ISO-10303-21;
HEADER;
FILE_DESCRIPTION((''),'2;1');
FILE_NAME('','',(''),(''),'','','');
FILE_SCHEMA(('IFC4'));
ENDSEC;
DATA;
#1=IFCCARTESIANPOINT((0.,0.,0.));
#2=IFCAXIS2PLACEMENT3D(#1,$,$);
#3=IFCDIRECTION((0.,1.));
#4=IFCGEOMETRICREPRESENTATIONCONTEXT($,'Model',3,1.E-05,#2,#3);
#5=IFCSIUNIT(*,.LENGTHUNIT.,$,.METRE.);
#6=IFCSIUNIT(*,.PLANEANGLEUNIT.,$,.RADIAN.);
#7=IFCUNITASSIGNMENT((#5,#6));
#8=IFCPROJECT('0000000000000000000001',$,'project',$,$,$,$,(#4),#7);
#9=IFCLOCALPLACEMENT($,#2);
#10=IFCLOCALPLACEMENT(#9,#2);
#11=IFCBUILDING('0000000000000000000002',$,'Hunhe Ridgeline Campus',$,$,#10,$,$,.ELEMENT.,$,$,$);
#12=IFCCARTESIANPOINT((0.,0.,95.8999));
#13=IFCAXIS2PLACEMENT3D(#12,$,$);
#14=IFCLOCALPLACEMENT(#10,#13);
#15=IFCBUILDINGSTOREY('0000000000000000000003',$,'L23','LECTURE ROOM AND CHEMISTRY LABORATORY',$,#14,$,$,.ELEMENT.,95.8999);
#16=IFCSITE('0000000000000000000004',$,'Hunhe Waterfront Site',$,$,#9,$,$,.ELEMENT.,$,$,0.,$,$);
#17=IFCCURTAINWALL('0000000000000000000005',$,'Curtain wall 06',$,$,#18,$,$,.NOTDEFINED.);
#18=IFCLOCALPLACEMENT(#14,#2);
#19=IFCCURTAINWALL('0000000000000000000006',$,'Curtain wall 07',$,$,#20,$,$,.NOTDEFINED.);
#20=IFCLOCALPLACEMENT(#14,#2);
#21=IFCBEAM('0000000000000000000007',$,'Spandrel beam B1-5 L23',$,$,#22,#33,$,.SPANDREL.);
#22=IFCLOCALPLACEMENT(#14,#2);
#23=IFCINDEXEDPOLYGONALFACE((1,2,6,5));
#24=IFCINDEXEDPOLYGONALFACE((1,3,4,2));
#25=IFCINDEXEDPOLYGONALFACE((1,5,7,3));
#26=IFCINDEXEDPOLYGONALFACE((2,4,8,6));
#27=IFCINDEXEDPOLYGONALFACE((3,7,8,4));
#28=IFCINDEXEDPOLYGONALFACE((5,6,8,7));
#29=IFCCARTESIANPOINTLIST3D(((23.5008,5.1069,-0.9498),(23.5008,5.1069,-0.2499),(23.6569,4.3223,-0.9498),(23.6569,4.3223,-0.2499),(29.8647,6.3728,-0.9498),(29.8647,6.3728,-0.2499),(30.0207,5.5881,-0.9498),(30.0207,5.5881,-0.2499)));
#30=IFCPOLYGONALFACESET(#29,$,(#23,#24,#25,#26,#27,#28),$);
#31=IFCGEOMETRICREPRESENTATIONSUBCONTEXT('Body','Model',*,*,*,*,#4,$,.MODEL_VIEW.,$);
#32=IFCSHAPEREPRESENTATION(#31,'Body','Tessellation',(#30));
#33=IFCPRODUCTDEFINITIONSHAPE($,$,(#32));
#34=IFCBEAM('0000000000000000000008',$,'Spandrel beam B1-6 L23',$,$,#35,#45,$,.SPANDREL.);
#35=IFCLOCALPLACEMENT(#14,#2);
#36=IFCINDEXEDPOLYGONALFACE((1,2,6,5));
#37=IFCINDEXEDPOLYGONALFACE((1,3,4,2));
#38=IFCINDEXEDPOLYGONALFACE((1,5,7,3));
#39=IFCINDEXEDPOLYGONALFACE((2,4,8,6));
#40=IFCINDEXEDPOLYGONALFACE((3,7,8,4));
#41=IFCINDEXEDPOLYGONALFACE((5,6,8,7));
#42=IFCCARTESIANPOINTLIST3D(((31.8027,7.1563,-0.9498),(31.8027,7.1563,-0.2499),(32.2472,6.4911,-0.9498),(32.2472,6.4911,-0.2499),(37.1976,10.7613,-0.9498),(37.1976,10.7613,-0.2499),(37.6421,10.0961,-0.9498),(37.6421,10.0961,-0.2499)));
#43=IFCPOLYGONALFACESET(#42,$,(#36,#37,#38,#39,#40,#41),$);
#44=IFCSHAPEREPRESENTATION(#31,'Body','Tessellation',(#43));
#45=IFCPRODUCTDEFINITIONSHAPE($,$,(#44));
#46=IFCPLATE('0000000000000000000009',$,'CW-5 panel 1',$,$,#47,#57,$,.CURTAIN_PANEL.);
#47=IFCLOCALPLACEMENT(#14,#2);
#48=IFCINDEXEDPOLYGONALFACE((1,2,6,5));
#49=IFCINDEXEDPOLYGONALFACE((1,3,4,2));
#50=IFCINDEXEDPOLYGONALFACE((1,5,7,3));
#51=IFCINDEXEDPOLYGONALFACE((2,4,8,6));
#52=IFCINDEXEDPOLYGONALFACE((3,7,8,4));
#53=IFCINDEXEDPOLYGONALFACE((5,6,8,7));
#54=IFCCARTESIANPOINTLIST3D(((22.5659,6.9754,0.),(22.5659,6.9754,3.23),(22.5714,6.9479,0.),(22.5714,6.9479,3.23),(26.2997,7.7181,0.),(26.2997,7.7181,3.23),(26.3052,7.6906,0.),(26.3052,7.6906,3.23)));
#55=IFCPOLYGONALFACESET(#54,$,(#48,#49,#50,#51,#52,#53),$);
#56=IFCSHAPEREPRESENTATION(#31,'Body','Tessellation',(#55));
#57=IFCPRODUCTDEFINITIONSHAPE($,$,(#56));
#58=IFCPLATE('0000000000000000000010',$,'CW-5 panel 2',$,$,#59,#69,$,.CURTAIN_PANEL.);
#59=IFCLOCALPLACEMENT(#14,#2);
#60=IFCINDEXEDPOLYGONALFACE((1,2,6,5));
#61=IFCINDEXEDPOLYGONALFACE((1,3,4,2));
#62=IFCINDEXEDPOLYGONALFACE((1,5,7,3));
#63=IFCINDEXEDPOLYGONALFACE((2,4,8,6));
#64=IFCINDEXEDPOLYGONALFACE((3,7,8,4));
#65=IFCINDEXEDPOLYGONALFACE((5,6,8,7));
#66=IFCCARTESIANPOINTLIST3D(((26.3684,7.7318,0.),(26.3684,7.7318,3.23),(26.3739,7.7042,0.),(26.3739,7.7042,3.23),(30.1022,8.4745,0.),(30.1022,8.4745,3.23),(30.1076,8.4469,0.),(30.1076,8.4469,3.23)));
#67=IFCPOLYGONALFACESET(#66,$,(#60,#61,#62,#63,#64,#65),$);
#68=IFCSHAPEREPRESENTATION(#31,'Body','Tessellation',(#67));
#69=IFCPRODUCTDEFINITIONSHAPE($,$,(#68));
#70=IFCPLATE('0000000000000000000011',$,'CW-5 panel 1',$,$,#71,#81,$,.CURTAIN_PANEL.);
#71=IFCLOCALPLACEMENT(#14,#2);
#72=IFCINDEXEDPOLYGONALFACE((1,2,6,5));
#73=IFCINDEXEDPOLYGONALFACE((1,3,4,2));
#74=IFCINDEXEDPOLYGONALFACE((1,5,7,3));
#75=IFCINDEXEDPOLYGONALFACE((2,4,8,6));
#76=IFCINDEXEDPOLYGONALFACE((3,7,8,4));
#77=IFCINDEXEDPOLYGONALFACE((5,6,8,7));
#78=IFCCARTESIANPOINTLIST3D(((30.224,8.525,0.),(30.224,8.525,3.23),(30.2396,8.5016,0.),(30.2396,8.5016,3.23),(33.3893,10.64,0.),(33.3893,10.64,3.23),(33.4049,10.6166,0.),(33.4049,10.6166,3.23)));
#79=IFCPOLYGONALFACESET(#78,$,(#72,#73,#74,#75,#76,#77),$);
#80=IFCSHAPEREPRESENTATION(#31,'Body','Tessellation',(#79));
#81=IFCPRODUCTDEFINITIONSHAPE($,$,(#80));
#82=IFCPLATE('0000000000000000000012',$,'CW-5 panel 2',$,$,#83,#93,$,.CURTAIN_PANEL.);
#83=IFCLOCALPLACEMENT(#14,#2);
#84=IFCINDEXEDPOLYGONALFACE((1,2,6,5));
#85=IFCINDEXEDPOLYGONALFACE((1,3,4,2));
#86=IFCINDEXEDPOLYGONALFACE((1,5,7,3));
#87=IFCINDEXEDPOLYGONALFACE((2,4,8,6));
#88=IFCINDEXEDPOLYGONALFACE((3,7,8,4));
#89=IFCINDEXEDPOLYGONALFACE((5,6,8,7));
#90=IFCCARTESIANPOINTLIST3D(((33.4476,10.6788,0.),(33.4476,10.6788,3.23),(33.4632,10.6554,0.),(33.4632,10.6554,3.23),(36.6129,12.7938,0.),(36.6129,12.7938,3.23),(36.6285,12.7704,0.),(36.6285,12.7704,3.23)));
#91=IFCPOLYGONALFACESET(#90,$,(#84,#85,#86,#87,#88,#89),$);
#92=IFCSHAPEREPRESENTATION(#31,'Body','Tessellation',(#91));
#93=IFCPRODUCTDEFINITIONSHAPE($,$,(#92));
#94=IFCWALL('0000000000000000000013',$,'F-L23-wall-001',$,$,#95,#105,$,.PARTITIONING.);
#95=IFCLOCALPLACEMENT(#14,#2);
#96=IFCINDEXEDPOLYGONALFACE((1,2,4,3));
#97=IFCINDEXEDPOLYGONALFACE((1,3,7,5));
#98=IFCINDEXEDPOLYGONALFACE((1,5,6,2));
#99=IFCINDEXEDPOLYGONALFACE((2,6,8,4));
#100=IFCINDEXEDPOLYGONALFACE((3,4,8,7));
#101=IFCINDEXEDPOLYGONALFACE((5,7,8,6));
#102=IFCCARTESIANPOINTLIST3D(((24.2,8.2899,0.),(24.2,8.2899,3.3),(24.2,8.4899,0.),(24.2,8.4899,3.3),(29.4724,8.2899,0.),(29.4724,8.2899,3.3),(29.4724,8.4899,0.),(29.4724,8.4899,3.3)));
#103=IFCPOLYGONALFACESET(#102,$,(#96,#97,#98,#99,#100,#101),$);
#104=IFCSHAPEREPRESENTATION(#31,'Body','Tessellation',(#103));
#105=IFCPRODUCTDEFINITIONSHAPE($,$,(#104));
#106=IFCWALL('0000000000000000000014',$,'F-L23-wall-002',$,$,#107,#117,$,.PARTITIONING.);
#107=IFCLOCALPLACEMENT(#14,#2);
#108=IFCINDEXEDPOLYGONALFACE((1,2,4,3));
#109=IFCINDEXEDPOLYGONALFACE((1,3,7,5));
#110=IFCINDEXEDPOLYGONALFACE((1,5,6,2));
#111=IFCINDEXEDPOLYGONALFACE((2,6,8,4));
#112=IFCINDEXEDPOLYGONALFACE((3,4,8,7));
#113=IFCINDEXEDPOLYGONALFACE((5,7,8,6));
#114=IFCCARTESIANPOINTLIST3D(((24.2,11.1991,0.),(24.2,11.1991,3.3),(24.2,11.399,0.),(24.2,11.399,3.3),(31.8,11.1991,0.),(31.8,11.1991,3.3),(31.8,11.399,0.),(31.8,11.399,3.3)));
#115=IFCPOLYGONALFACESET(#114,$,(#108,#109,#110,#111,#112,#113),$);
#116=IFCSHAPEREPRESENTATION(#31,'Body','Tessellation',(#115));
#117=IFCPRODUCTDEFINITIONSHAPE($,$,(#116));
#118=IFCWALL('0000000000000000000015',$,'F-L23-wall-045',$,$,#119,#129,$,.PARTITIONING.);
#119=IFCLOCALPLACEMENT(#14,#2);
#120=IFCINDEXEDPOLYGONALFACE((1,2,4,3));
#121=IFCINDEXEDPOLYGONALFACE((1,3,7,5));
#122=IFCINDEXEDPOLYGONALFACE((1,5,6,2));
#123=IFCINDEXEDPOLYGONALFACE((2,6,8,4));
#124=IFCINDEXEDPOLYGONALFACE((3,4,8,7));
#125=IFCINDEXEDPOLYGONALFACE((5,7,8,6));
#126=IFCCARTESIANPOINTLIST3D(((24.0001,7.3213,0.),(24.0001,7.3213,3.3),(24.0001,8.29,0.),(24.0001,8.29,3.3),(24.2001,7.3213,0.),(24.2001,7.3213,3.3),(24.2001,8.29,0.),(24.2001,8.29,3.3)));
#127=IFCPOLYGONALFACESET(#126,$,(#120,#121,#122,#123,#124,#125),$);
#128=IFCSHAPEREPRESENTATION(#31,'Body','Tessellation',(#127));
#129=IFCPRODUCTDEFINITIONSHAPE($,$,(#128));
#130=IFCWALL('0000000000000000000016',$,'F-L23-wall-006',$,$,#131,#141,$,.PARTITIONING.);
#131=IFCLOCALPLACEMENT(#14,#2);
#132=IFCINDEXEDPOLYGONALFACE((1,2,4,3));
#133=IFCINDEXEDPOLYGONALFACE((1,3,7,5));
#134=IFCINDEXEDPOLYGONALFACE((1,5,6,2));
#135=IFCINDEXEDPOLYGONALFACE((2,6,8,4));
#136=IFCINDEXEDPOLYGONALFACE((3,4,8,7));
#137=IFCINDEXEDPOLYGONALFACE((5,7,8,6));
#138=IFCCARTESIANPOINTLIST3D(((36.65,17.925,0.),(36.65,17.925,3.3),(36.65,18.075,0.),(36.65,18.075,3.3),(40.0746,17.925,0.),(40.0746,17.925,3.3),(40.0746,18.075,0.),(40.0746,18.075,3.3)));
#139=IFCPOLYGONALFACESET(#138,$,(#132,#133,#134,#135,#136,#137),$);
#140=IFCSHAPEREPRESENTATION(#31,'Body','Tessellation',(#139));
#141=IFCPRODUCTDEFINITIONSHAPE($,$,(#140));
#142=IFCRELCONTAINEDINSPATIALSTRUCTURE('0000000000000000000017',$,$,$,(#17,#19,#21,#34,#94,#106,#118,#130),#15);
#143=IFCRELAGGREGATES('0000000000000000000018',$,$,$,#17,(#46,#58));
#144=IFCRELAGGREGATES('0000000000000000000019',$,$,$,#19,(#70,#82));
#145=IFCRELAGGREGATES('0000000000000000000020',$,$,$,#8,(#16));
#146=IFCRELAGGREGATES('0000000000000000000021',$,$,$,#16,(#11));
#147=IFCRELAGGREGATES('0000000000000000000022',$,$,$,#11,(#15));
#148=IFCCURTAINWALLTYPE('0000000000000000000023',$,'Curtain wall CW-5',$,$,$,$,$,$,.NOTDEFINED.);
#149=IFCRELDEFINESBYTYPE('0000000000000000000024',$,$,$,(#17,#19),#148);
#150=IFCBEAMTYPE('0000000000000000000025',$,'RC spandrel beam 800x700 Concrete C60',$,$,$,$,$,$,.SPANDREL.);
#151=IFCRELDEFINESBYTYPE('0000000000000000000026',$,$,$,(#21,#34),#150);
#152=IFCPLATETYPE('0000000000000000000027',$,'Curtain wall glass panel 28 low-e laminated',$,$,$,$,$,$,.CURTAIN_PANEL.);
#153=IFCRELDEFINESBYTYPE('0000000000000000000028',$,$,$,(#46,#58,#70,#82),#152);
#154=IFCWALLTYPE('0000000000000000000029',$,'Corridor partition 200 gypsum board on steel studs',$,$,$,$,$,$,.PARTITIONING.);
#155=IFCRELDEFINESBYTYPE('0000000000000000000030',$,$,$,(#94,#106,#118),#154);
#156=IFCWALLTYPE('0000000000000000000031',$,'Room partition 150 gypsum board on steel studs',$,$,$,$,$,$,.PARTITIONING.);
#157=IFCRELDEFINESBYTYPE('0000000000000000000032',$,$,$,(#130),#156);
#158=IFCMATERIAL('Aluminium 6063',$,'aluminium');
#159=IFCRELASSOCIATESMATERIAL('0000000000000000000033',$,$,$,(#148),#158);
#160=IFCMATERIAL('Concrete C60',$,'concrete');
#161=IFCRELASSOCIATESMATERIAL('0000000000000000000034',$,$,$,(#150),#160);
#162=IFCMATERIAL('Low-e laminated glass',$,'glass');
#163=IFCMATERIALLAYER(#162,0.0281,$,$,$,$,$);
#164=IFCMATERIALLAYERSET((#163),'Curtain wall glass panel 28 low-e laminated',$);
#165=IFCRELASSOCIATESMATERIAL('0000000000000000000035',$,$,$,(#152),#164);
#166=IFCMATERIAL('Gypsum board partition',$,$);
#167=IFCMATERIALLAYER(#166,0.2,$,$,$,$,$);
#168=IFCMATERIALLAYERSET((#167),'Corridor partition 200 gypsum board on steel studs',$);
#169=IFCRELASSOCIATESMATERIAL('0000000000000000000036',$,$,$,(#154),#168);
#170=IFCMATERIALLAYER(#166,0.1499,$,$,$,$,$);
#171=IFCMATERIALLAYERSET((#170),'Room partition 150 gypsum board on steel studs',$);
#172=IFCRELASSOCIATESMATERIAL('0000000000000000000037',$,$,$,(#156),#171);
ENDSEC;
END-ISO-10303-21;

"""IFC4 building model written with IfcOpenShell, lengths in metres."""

from ifc_helpers import new_model, si_unit, direction, frame, frame_2d, origin, origin_2d, place, context, subcontext, project, spatial, rectangle, extrude, material, layer, layer_set, material_profile, profile_set, type_object, element, aggregate, save


model = new_model("IFC4")

# Units and contexts
model_context = context("Model", 3, precision=1e-05, world=origin(), true_north=direction((0.0, 1.0)))
body_context = subcontext(model_context, "Body", "Model", "MODEL_VIEW")
ifc_project = project(units=[si_unit("LENGTHUNIT", "METRE"), si_unit("PLANEANGLEUNIT", "RADIAN")], contexts=[model_context])

# Site, building, storey
site_placement = place(None, origin())
site = spatial("IfcSite", under=ifc_project, at=site_placement, Name="Hunhe Waterfront Site", CompositionType="ELEMENT", RefElevation=0.0)
building_placement = place(site_placement, origin())
building = spatial("IfcBuilding", under=site, at=building_placement, Name="Hunhe Ridgeline Campus", CompositionType="ELEMENT")
storey_placement = place(building_placement, frame((0.0, 0.0, 95.8999)))
storey = spatial("IfcBuildingStorey", under=building, at=storey_placement, Name="L23", Description="LECTURE ROOM AND CHEMISTRY LABORATORY", CompositionType="ELEMENT", Elevation=95.8999)

# Shared definitions
ifc_material_1 = material(Name="Aluminium 6063", Category="aluminium")
curtain_wall_type = type_object("IfcCurtainWallType", Name="Curtain wall CW-5", PredefinedType="NOTDEFINED", material=ifc_material_1)

# Curtain walls
curtain_wall_1_placement = place(storey_placement, origin())
curtain_wall_1 = element("IfcCurtainWall", 1, at=curtain_wall_1_placement, inside=storey, type_object=curtain_wall_type, Name="Curtain wall 06", PredefinedType="NOTDEFINED")
curtain_wall_2_placement = place(storey_placement, origin())
curtain_wall_2 = element("IfcCurtainWall", 2, at=curtain_wall_2_placement, inside=storey, type_object=curtain_wall_type, Name="Curtain wall 07", PredefinedType="NOTDEFINED")

# Beams
ifc_material_2 = material(Name="Concrete C60", Category="concrete")
ifc_material_profile_1 = material_profile(ifc_material_2, rectangle(XDim=0.8, YDim=0.7, at=origin_2d()))
ifc_profile_set_1 = profile_set([ifc_material_profile_1], Name="Concrete C60")
beam_type = type_object("IfcBeamType", Name="RC spandrel beam 800x700 Concrete C60", PredefinedType="SPANDREL", material=ifc_profile_set_1)
for number, where, z_axis, x_axis, name in (
    (3, (23.5789, 4.7146, -0.5999), (0.980784, 0.195096, 0.0), (-0.195096, 0.980784, 0.0), "Spandrel beam B1-5 L23"),
    (4, (32.0249, 6.8237, -0.5999), (0.831459, 0.555586, 0.0), (-0.555586, 0.831459, 0.0), "Spandrel beam B1-6 L23"),
):
    element("IfcBeam", number, at=place(storey_placement, frame(where, z_axis=z_axis, x_axis=x_axis)), inside=storey, type_object=beam_type, Name=name, PredefinedType="SPANDREL", context=body_context, shape_type="SweptSolid", body=[
        extrude(rectangle(XDim=0.8, YDim=0.7, at=origin_2d()), origin(), (0.0, 0.0, 1.0), 6.4885),
    ])

# Plates
ifc_material_3 = material(Name="Low-e laminated glass", Category="glass")
ifc_layer_1 = layer(ifc_material_3, 0.0281)
ifc_layer_set_1 = layer_set([ifc_layer_1], Name="Curtain wall glass panel 28 low-e laminated")
plate_type = type_object("IfcPlateType", Name="Curtain wall glass panel 28 low-e laminated", PredefinedType="CURTAIN_PANEL", material=ifc_layer_set_1)
plate_1_placement = place(storey_placement, frame((24.4355, 7.333, 0.0), z_axis=(0.0, 0.0, 1.0), x_axis=(0.980785, 0.19509, 0.0)))
plate_1 = element("IfcPlate", 5, at=plate_1_placement, type_object=plate_type, Name="CW-5 panel 1", PredefinedType="CURTAIN_PANEL", context=body_context, shape_type="SweptSolid", body=[
    extrude(rectangle(XDim=3.8069, YDim=0.0281, at=origin_2d()), origin(), (0.0, 0.0, 1.0), 3.23),
])
plate_2_placement = place(storey_placement, frame((28.238, 8.0894, 0.0), z_axis=(0.0, 0.0, 1.0), x_axis=(0.980785, 0.19509, 0.0)))
plate_2 = element("IfcPlate", 6, at=plate_2_placement, type_object=plate_type, Name="CW-5 panel 2", PredefinedType="CURTAIN_PANEL", context=body_context, shape_type="SweptSolid", body=[
    extrude(rectangle(XDim=3.8069, YDim=0.0281, at=origin_2d()), origin(), (0.0, 0.0, 1.0), 3.23),
])
aggregate(curtain_wall_1, [plate_1, plate_2])
plate_3_placement = place(storey_placement, frame((31.8145, 9.5708, 0.0), z_axis=(0.0, 0.0, 1.0), x_axis=(0.83147, 0.55557, 0.0)))
plate_3 = element("IfcPlate", 7, at=plate_3_placement, type_object=plate_type, Name="CW-5 panel 1", PredefinedType="CURTAIN_PANEL", context=body_context, shape_type="SweptSolid", body=[
    extrude(rectangle(XDim=3.8069, YDim=0.0281, at=origin_2d()), origin(), (0.0, 0.0, 1.0), 3.23),
])
plate_4_placement = place(storey_placement, frame((35.0381, 11.7246, 0.0), z_axis=(0.0, 0.0, 1.0), x_axis=(0.83147, 0.55557, 0.0)))
plate_4 = element("IfcPlate", 8, at=plate_4_placement, type_object=plate_type, Name="CW-5 panel 2", PredefinedType="CURTAIN_PANEL", context=body_context, shape_type="SweptSolid", body=[
    extrude(rectangle(XDim=3.8069, YDim=0.0281, at=origin_2d()), origin(), (0.0, 0.0, 1.0), 3.23),
])
aggregate(curtain_wall_2, [plate_3, plate_4])

# Walls
ifc_material_4 = material(Name="Gypsum board partition")
ifc_layer_2 = layer(ifc_material_4, 0.2)
ifc_layer_set_2 = layer_set([ifc_layer_2], Name="Corridor partition 200 gypsum board on steel studs")
wall_type_1 = type_object("IfcWallType", Name="Corridor partition 200 gypsum board on steel studs", PredefinedType="PARTITIONING", material=ifc_layer_set_2)
wall_1_placement = place(storey_placement, frame((29.4724, 8.3899, 0.0), z_axis=(0.0, 0.0, 1.0), x_axis=(-1.0, 0.0, 0.0)))
element("IfcWall", 9, at=wall_1_placement, inside=storey, type_object=wall_type_1, Name="F-L23-wall-001", PredefinedType="PARTITIONING", context=body_context, shape_type="SweptSolid", body=[
    extrude(rectangle(XDim=5.2725, YDim=0.2, at=frame_2d((2.6362, 0.0))), origin(), (0.0, 0.0, 1.0), 3.3),
])
wall_2_placement = place(storey_placement, frame((24.2, 11.2991, 0.0), z_axis=(0.0, 0.0, 1.0), x_axis=(1.0, 0.0, 0.0)))
element("IfcWall", 10, at=wall_2_placement, inside=storey, type_object=wall_type_1, Name="F-L23-wall-002", PredefinedType="PARTITIONING", context=body_context, shape_type="SweptSolid", body=[
    extrude(rectangle(XDim=7.6001, YDim=0.2, at=frame_2d((3.8, 0.0))), origin(), (0.0, 0.0, 1.0), 3.3),
])
wall_3_placement = place(storey_placement, frame((24.1001, 8.29, 0.0), z_axis=(0.0, 0.0, 1.0), x_axis=(0.0, -1.0, 0.0)))
element("IfcWall", 11, at=wall_3_placement, inside=storey, type_object=wall_type_1, Name="F-L23-wall-045", PredefinedType="PARTITIONING", context=body_context, shape_type="SweptSolid", body=[
    extrude(rectangle(XDim=0.9688, YDim=0.2, at=frame_2d((0.4844, 0.0))), origin(), (0.0, 0.0, 1.0), 3.3),
])

# Wall
ifc_layer_3 = layer(ifc_material_4, 0.1499)
ifc_layer_set_3 = layer_set([ifc_layer_3], Name="Room partition 150 gypsum board on steel studs")
wall_type_2 = type_object("IfcWallType", Name="Room partition 150 gypsum board on steel studs", PredefinedType="PARTITIONING", material=ifc_layer_set_3)
wall_4_placement = place(storey_placement, frame((36.6499, 18.0, 0.0), z_axis=(0.0, 0.0, 1.0), x_axis=(1.0, 0.0, 0.0)))
element("IfcWall", 12, at=wall_4_placement, inside=storey, type_object=wall_type_2, Name="F-L23-wall-006", PredefinedType="PARTITIONING", context=body_context, shape_type="SweptSolid", body=[
    extrude(rectangle(XDim=3.4246, YDim=0.1499, at=frame_2d((1.7124, 0.0))), origin(), (0.0, 0.0, 1.0), 3.3),
])

save(model, "model.ifc")
